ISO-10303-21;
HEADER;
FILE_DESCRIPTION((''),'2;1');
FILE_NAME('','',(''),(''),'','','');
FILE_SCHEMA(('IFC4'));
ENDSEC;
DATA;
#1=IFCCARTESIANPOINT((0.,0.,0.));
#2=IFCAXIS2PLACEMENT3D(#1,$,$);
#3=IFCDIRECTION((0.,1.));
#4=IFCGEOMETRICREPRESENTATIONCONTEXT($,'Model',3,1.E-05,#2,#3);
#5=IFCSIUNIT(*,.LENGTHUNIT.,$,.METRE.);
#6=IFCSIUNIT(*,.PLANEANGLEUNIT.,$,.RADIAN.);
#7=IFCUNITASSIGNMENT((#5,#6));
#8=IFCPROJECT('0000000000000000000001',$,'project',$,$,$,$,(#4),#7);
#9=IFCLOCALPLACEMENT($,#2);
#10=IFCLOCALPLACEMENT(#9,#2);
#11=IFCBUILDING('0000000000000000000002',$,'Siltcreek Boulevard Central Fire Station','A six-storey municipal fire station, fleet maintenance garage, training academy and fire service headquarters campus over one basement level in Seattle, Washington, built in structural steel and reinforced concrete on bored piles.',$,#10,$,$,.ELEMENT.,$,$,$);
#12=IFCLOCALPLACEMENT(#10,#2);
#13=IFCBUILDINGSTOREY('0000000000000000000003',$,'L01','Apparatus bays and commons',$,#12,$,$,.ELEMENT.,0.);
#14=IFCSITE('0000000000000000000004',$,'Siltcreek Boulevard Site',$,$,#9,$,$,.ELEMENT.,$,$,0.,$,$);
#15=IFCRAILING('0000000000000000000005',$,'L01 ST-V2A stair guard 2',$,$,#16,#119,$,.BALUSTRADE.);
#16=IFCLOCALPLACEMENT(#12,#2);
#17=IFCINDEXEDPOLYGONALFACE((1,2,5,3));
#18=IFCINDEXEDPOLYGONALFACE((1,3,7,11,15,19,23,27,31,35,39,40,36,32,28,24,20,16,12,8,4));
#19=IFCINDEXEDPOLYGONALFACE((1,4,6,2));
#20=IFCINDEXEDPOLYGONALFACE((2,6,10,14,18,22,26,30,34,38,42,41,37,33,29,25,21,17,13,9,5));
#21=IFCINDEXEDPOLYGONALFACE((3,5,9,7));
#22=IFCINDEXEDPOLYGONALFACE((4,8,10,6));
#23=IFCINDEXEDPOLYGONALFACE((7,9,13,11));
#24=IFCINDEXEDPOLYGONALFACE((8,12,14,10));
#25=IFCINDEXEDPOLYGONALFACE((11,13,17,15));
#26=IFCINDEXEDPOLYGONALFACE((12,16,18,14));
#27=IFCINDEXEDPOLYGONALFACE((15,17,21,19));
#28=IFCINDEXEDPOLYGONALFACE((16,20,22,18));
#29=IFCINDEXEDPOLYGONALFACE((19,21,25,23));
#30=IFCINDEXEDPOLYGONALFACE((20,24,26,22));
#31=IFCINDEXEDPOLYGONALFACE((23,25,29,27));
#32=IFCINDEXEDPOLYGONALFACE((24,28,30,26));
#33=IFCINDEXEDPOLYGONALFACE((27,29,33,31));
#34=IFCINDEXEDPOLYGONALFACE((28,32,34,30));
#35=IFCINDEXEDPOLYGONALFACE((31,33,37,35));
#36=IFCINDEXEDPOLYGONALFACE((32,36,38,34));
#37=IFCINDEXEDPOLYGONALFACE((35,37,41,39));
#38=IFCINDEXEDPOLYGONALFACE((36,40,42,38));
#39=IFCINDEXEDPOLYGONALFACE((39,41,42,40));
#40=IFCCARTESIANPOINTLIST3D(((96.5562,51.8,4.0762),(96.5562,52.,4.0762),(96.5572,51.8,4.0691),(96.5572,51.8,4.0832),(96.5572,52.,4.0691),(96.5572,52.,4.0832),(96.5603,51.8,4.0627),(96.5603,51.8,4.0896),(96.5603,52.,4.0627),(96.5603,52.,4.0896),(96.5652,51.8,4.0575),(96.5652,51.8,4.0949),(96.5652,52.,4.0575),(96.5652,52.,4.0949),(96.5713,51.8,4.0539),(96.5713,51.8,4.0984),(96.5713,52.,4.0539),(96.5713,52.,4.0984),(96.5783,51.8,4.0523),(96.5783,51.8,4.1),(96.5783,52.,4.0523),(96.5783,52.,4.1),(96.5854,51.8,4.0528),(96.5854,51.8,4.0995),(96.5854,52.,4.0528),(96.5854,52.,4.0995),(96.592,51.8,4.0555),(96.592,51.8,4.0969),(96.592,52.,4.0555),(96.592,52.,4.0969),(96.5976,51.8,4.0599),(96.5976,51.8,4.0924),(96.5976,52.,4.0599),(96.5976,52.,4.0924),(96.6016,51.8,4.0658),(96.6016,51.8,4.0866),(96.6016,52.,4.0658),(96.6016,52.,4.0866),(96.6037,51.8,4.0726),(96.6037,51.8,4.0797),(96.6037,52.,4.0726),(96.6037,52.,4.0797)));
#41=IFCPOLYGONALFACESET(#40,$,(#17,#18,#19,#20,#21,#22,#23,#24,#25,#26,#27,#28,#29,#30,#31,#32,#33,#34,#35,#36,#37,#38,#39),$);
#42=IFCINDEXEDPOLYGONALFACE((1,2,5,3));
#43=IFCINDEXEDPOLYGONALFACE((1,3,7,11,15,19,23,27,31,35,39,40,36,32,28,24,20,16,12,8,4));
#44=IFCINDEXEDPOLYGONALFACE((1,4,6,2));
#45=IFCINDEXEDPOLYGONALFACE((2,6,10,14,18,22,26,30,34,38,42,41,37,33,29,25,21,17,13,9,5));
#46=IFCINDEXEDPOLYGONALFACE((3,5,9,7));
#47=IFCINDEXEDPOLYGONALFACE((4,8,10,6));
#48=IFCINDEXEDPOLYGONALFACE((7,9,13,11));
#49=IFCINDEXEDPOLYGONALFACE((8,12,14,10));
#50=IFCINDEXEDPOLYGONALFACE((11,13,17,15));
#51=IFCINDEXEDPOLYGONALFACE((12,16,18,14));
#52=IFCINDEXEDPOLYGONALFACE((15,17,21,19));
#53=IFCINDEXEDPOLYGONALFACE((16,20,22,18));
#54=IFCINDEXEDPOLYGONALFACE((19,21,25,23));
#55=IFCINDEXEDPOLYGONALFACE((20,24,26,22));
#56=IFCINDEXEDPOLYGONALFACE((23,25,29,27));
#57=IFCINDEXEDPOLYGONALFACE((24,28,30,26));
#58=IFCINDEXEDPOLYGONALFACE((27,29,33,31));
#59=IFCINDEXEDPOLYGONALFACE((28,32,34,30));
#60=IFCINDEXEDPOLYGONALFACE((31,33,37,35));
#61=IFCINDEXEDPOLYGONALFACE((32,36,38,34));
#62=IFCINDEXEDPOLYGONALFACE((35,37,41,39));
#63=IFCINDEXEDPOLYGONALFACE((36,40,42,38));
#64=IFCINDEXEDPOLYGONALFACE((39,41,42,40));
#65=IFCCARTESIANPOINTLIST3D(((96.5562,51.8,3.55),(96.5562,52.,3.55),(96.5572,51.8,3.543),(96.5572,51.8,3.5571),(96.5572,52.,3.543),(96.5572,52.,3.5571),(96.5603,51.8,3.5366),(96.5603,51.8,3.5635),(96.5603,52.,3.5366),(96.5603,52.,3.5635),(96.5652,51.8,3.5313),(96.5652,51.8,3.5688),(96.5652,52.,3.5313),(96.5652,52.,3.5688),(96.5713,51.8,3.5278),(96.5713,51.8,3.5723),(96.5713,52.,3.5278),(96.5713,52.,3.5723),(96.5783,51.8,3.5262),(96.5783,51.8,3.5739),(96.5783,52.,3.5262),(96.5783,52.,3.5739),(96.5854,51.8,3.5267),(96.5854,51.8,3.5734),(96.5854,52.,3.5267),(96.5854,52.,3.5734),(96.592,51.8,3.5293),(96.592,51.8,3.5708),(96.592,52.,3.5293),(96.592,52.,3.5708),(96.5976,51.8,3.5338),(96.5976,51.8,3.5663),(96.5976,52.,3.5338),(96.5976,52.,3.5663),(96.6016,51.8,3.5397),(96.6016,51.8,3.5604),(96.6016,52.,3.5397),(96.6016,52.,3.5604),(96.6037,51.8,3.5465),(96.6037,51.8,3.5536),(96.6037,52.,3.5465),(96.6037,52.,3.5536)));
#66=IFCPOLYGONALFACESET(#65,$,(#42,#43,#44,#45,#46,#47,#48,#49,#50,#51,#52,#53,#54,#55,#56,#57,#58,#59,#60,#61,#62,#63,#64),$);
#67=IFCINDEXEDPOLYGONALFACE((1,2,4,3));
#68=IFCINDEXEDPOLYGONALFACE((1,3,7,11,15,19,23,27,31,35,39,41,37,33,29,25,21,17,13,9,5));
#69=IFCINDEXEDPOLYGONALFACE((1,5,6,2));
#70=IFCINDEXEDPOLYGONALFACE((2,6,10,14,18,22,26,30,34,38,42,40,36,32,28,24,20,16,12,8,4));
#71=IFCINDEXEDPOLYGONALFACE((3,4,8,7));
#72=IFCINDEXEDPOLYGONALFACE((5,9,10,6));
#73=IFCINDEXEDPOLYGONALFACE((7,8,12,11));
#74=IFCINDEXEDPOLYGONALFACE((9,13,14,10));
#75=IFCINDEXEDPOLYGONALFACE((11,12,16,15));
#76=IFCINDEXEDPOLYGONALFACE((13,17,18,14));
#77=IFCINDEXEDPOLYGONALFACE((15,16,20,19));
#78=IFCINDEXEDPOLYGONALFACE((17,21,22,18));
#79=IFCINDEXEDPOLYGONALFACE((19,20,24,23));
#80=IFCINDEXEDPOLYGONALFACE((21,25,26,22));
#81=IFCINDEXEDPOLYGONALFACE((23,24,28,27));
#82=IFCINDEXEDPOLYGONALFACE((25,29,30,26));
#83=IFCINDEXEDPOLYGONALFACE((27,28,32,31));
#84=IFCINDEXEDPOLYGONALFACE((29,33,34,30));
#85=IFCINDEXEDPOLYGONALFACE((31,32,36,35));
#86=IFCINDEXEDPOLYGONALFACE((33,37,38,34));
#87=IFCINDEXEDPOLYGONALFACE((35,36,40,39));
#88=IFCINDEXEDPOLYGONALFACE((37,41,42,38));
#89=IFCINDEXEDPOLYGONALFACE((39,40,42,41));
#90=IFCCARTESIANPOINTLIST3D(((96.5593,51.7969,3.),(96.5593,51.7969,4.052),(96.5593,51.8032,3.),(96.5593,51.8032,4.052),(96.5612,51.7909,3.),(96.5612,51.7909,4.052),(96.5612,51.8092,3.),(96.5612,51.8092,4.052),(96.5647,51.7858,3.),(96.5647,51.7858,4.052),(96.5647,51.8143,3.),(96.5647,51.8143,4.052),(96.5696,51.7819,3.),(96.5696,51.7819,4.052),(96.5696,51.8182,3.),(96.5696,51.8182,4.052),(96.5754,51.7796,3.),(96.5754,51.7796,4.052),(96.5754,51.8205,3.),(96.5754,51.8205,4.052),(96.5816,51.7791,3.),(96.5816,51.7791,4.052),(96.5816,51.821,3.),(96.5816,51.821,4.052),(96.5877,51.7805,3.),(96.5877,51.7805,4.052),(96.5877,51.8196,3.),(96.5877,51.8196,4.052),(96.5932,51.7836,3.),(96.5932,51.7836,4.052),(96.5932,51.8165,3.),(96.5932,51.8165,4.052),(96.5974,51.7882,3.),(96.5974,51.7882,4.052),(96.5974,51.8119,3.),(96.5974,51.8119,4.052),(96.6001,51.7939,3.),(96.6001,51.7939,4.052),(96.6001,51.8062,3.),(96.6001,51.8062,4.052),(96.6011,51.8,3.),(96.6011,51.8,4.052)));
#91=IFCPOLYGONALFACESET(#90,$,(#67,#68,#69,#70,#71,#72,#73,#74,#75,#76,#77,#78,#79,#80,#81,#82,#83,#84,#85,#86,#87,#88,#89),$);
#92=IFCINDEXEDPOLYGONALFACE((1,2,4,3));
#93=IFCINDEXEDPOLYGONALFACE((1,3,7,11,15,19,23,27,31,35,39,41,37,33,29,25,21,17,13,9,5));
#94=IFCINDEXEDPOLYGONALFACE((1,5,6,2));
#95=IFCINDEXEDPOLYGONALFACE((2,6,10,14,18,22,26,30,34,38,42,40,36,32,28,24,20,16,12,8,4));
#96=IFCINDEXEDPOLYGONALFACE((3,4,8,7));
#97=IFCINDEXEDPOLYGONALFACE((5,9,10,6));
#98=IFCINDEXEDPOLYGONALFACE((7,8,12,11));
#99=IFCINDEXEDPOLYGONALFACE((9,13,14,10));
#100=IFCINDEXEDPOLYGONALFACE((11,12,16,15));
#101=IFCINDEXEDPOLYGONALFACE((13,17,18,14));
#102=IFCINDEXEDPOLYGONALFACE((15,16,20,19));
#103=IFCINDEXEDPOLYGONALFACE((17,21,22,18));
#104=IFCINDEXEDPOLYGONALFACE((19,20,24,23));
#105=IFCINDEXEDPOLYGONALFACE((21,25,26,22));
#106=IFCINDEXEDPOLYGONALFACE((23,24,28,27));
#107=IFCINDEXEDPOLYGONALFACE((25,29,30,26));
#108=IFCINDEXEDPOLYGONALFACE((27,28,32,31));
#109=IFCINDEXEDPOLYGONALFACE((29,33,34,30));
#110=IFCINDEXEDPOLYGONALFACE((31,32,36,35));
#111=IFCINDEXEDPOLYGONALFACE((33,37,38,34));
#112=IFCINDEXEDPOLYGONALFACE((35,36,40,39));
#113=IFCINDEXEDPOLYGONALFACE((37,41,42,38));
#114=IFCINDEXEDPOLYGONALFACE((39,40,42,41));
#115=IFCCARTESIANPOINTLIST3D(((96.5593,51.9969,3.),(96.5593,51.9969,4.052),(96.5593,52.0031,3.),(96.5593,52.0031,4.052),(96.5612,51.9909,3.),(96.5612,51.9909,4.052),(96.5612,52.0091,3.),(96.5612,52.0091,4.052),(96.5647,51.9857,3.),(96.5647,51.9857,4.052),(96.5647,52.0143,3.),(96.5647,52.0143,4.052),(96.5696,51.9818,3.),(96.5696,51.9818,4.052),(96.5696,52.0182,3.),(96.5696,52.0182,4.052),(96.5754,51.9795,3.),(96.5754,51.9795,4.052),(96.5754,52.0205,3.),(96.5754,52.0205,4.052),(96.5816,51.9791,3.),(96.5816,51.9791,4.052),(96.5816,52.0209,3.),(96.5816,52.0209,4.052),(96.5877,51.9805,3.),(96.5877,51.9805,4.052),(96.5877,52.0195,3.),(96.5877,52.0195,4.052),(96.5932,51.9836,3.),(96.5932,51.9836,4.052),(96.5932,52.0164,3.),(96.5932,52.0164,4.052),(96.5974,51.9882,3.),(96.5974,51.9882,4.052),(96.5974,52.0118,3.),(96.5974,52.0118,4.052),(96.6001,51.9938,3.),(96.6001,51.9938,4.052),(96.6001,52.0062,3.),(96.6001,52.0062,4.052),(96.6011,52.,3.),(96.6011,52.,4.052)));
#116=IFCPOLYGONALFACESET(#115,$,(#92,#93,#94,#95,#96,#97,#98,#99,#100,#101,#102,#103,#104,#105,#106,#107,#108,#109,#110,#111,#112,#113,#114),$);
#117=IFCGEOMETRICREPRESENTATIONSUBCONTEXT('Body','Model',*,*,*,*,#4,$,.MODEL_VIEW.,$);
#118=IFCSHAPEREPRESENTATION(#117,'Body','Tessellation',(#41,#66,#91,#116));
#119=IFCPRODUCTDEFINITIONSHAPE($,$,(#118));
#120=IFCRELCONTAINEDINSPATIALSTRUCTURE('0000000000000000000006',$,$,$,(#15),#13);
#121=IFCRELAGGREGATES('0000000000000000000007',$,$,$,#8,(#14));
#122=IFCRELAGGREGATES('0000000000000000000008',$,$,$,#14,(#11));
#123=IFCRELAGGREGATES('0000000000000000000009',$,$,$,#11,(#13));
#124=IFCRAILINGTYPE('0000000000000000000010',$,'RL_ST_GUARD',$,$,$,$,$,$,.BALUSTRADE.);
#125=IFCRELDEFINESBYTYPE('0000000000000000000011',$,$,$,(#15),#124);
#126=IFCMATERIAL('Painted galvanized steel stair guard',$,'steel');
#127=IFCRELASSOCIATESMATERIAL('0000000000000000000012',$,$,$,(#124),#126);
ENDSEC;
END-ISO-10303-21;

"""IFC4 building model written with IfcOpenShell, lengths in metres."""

from ifc_helpers import new_model, si_unit, direction, frame, origin, origin_2d, place, context, subcontext, project, spatial, circle, extrude, material, type_object, element, save


model = new_model("IFC4")

# Units and contexts
model_context = context("Model", 3, precision=1e-05, world=origin(), true_north=direction((0.0, 1.0)))
body_context = subcontext(model_context, "Body", "Model", "MODEL_VIEW")
ifc_project = project(units=[si_unit("LENGTHUNIT", "METRE"), si_unit("PLANEANGLEUNIT", "RADIAN")], contexts=[model_context])

# Site, building, storey
site_placement = place(None, origin())
site = spatial("IfcSite", under=ifc_project, at=site_placement, Name="Siltcreek Boulevard Site", CompositionType="ELEMENT", RefElevation=0.0)
building_placement = place(site_placement, origin())
building = spatial("IfcBuilding", under=site, at=building_placement, Name="Siltcreek Boulevard Central Fire Station", Description="A six-storey municipal fire station, fleet maintenance garage, training academy and fire service headquarters campus over one basement level in Seattle, Washington, built in structural steel and reinforced concrete on bored piles.", CompositionType="ELEMENT")
storey_placement = place(building_placement, origin())
storey = spatial("IfcBuildingStorey", under=building, at=storey_placement, Name="L01", Description="Apparatus bays and commons", CompositionType="ELEMENT", Elevation=0.0)

# Railing
ifc_material_1 = material(Name="Painted galvanized steel stair guard", Category="steel")
railing_type_1 = type_object("IfcRailingType", Name="RL_ST_GUARD", PredefinedType="BALUSTRADE", material=ifc_material_1)
railing_1_placement = place(storey_placement, frame((96.5801, 51.8, 3.0)))
element("IfcRailing", 1, at=railing_1_placement, inside=storey, type_object=railing_type_1, Name="L01 ST-V2A stair guard 2", PredefinedType="BALUSTRADE", context=body_context, shape_type="SweptSolid", body=[
    extrude(circle(Radius=0.0239, at=origin_2d()), frame((0.0, 0.0, 1.0762), z_axis=(0.0, 1.0, 0.0), x_axis=(-1.0, 0.0, 0.0)), (0.0, 0.0, 1.0), 0.2),
    extrude(circle(Radius=0.0239, at=origin_2d()), frame((0.0, 0.0, 0.55), z_axis=(0.0, 1.0, 0.0), x_axis=(-1.0, 0.0, 0.0)), (0.0, 0.0, 1.0), 0.2),
    extrude(circle(Radius=0.021, at=origin_2d()), origin(), (0.0, 0.0, 1.0), 1.052),
    extrude(circle(Radius=0.021, at=origin_2d()), frame((0.0, 0.2, 0.0)), (0.0, 0.0, 1.0), 1.052),
])

save(model, "model.ifc")
